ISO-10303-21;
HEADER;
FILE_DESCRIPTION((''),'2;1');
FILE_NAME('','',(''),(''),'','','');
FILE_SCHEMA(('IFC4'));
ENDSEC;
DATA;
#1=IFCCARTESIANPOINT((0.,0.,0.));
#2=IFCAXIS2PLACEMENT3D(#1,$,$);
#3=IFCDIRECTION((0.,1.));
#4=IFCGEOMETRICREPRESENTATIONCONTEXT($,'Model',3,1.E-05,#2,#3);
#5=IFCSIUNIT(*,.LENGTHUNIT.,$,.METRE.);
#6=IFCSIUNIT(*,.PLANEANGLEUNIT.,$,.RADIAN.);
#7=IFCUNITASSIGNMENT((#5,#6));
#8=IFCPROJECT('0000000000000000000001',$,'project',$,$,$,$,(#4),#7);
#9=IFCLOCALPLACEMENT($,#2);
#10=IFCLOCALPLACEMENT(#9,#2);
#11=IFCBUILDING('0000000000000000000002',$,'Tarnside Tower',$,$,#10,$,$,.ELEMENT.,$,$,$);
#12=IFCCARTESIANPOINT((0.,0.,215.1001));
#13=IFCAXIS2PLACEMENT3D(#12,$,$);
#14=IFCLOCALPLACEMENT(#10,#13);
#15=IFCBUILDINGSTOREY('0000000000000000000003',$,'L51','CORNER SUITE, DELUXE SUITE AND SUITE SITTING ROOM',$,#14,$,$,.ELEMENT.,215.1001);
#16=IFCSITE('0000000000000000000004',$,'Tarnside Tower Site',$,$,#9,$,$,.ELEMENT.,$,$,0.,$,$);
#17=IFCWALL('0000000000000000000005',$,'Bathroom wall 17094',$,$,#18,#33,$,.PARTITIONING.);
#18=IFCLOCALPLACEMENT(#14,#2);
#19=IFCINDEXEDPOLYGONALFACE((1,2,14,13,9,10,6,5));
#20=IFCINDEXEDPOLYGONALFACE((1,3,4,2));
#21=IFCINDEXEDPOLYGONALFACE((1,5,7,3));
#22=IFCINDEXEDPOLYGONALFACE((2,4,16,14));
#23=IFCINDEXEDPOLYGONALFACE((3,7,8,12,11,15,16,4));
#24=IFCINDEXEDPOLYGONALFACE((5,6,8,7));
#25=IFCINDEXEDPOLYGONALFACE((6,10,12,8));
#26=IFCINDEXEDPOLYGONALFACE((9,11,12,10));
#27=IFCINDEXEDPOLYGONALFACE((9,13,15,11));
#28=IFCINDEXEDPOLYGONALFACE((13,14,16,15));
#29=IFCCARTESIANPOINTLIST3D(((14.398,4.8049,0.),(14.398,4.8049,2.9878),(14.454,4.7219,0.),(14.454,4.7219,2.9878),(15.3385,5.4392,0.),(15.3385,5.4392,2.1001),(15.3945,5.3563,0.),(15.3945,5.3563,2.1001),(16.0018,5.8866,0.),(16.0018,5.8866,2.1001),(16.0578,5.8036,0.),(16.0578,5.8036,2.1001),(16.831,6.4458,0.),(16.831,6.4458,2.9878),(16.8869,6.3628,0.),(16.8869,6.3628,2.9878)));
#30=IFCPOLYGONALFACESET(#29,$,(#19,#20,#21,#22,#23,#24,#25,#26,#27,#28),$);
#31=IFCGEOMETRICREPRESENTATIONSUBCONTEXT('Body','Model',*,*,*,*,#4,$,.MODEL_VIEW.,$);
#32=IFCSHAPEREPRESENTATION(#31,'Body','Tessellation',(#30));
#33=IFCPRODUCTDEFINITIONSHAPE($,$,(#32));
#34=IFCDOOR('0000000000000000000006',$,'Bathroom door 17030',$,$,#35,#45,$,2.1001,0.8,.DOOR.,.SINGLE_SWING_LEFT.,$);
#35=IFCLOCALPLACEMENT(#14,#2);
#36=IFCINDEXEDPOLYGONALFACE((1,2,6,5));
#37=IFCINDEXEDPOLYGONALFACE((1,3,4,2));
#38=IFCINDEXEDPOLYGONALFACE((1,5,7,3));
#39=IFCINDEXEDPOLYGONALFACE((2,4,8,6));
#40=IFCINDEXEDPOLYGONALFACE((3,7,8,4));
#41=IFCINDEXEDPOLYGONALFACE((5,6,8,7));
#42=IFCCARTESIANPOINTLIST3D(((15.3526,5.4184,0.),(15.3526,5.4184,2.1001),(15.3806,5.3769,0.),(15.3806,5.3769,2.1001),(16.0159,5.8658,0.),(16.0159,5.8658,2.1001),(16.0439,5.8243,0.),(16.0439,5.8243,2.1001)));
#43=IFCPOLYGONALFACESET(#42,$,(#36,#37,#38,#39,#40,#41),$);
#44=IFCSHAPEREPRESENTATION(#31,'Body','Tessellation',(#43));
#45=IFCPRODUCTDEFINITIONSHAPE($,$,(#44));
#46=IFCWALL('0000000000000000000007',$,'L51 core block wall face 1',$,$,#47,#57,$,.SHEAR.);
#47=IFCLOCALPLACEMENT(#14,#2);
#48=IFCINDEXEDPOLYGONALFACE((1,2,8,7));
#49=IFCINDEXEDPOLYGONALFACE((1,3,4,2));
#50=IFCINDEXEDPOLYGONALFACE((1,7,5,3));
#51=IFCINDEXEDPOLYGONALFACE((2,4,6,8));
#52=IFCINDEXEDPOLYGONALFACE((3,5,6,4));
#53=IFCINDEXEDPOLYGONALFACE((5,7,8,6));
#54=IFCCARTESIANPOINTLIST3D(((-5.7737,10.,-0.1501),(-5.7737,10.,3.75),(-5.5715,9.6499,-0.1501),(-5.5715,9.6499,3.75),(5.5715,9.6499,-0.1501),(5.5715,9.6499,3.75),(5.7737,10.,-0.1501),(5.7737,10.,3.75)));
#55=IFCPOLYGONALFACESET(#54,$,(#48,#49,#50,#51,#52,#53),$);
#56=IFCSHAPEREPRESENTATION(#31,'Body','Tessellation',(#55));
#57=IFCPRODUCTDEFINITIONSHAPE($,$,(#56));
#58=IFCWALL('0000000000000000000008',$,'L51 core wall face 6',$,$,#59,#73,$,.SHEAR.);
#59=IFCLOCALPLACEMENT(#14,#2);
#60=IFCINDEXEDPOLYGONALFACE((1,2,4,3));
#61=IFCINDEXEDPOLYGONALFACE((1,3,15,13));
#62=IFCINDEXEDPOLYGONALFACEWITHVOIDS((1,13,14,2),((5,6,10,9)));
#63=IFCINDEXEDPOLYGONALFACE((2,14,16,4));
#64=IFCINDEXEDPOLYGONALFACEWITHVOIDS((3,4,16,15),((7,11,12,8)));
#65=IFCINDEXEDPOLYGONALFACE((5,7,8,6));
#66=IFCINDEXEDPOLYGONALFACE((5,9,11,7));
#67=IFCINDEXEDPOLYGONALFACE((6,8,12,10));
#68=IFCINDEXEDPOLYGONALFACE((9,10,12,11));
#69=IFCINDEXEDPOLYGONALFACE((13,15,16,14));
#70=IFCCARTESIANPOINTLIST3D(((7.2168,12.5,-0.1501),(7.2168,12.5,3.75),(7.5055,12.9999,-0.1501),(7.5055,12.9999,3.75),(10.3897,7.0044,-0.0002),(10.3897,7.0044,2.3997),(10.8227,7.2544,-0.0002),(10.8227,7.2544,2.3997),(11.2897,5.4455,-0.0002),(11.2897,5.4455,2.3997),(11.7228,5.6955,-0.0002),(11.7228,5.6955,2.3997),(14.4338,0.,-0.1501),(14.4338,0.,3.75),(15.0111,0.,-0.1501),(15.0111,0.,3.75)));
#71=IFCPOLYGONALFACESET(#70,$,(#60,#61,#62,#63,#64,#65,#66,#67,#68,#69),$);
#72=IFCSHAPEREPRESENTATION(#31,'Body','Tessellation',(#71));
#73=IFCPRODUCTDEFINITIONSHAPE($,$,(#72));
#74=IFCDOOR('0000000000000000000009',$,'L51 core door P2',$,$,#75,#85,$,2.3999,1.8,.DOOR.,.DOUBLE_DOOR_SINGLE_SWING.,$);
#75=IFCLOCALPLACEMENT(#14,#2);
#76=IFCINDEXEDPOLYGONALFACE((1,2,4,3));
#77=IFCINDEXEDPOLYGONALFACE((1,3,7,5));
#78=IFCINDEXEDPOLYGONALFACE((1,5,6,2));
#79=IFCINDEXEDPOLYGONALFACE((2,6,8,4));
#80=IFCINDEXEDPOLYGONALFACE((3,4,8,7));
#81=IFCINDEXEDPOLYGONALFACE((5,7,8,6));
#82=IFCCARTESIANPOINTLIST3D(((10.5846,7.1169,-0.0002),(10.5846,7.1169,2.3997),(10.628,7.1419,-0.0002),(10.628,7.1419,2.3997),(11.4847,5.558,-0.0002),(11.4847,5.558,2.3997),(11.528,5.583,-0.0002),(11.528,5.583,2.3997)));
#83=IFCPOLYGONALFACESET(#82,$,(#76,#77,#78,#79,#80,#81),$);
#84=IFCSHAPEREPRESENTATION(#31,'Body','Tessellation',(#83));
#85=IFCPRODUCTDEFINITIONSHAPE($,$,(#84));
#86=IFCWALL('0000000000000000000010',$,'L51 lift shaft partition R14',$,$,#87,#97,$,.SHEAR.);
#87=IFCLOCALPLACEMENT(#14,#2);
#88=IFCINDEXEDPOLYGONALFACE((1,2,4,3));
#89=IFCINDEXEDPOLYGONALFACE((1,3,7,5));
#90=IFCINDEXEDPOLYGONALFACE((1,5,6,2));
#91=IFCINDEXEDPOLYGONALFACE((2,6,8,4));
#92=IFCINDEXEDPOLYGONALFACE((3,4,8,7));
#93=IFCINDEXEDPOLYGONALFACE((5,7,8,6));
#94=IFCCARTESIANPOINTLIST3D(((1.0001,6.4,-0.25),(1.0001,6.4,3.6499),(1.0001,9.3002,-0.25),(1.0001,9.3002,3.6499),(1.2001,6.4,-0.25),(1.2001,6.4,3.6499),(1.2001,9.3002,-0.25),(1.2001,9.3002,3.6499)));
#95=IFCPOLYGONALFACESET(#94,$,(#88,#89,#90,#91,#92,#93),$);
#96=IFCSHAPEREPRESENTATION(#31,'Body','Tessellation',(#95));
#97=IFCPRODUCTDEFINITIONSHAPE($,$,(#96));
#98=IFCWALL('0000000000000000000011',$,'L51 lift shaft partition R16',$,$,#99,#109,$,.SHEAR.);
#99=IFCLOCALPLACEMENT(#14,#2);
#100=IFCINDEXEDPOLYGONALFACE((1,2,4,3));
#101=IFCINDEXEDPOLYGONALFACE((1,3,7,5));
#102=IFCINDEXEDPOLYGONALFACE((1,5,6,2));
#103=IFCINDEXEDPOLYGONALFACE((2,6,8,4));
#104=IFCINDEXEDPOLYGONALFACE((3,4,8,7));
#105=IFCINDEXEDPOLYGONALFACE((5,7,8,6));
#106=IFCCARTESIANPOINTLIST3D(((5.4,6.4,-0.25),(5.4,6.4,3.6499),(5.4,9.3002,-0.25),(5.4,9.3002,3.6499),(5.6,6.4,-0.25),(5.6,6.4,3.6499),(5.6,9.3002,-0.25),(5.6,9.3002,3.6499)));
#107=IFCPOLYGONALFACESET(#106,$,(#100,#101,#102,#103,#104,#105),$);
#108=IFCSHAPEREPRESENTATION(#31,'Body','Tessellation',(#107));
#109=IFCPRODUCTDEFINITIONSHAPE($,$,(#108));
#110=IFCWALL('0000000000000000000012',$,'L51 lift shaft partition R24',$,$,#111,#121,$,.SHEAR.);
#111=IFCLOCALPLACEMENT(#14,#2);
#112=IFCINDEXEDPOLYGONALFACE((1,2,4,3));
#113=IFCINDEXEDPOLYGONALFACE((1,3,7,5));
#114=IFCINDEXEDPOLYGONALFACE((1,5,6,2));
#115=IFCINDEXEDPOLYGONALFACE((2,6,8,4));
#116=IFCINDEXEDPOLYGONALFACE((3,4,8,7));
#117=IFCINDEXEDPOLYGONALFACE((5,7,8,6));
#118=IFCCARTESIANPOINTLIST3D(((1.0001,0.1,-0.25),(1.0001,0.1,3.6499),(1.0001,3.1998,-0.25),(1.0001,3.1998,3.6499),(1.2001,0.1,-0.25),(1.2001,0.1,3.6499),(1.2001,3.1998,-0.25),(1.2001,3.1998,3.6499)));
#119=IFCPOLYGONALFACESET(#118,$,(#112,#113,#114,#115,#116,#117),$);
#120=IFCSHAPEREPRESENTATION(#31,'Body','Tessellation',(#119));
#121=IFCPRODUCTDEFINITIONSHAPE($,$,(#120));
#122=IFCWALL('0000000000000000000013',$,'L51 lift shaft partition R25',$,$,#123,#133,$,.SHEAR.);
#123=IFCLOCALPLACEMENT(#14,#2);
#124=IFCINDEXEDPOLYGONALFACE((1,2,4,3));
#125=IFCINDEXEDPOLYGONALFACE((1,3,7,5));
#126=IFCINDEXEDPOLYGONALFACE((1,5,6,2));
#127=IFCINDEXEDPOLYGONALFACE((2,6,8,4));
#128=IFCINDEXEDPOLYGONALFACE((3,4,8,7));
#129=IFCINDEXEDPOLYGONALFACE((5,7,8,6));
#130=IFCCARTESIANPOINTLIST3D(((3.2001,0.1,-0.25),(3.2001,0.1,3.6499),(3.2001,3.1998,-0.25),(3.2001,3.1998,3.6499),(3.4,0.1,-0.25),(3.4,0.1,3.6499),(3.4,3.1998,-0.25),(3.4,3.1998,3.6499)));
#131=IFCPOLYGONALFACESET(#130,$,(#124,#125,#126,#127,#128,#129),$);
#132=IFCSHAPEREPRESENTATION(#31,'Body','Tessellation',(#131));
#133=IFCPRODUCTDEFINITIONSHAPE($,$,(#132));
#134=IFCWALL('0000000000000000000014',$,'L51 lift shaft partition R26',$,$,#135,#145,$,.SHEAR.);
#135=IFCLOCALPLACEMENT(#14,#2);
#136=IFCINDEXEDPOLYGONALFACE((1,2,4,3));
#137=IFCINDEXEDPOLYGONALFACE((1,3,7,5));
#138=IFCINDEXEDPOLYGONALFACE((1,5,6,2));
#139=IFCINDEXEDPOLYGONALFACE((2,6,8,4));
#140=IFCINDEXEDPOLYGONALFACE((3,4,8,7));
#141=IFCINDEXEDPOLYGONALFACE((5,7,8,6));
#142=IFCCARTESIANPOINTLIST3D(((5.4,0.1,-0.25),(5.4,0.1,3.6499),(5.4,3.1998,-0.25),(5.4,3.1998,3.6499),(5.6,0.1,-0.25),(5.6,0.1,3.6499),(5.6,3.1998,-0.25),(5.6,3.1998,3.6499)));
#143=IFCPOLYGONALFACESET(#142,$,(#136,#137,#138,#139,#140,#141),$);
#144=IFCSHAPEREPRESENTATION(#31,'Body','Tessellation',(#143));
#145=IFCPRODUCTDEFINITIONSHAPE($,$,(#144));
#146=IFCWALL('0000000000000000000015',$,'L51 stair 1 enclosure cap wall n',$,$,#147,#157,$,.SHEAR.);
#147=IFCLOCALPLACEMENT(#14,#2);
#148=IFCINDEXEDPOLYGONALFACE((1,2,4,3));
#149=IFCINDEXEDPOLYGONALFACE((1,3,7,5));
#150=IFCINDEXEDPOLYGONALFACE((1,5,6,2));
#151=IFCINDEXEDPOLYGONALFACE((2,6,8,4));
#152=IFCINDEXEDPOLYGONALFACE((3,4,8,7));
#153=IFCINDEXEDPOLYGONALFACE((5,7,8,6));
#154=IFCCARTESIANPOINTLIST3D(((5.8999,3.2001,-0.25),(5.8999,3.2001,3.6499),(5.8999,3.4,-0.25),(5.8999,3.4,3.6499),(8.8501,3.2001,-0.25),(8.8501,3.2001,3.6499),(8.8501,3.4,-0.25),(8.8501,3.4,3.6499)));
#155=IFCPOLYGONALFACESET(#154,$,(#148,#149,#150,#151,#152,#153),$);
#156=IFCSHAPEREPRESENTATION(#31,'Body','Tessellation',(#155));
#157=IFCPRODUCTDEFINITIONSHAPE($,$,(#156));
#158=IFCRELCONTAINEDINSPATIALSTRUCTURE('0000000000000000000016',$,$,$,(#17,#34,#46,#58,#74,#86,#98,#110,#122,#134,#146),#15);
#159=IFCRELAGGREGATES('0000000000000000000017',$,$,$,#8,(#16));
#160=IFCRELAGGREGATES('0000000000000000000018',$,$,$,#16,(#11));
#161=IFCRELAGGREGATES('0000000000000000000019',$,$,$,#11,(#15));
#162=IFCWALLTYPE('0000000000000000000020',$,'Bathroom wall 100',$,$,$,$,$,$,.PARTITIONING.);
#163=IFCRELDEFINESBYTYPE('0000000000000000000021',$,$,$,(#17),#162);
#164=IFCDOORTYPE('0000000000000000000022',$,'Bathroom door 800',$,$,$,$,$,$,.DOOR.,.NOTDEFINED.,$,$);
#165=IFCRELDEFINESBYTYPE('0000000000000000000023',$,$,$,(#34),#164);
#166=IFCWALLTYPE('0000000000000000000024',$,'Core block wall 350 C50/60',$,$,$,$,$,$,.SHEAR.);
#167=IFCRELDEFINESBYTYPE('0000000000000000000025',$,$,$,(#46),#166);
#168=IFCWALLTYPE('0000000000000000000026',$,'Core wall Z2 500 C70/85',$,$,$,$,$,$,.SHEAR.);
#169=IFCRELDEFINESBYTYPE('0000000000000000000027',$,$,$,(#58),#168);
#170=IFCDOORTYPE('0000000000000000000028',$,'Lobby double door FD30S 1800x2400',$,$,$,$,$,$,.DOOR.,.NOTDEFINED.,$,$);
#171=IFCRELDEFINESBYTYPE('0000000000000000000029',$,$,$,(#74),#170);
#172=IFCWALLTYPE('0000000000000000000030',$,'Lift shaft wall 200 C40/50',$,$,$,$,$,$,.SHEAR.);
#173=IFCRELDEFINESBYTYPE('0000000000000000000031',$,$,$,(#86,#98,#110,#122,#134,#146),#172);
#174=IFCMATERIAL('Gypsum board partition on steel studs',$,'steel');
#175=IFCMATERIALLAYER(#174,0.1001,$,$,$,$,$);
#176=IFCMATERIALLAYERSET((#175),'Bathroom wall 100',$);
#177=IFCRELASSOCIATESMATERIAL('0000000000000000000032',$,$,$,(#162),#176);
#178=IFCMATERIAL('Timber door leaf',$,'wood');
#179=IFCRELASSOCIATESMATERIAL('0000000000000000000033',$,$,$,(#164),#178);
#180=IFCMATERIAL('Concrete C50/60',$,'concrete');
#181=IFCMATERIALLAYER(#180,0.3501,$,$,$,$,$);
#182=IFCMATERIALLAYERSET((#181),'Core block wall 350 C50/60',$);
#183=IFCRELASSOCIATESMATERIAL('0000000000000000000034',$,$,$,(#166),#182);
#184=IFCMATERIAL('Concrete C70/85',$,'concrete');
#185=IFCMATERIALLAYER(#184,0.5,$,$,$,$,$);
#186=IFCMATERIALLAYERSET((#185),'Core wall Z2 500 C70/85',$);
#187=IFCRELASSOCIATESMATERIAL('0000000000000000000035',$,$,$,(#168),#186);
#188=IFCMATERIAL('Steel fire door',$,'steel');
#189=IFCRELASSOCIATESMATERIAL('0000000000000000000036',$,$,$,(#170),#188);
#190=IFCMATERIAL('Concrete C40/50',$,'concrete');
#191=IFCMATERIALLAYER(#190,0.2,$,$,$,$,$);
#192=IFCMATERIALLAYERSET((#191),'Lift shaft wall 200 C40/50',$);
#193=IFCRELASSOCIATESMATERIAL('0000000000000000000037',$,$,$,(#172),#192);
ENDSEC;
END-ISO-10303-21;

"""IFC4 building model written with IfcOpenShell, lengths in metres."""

from ifc_helpers import new_model, si_unit, direction, frame, frame_2d, origin, place, context, subcontext, project, spatial, polyline, rectangle, outline, extrude, material, layer, layer_set, type_object, element, fill, save


model = new_model("IFC4")

# Units and contexts
model_context = context("Model", 3, precision=1e-05, world=origin(), true_north=direction((0.0, 1.0)))
body_context = subcontext(model_context, "Body", "Model", "MODEL_VIEW")
ifc_project = project(units=[si_unit("LENGTHUNIT", "METRE"), si_unit("PLANEANGLEUNIT", "RADIAN")], contexts=[model_context])

# Site, building, storey
site_placement = place(None, origin())
site = spatial("IfcSite", under=ifc_project, at=site_placement, Name="Tarnside Tower Site", CompositionType="ELEMENT", RefElevation=0.0)
building_placement = place(site_placement, origin())
building = spatial("IfcBuilding", under=site, at=building_placement, Name="Tarnside Tower", CompositionType="ELEMENT")
storey_placement = place(building_placement, frame((0.0, 0.0, 215.1001)))
storey = spatial("IfcBuildingStorey", under=building, at=storey_placement, Name="L51", Description="CORNER SUITE, DELUXE SUITE AND SUITE SITTING ROOM", CompositionType="ELEMENT", Elevation=215.1001)

# Wall, opening, door
ifc_material_1 = material(Name="Gypsum board partition on steel studs", Category="steel")
ifc_layer_1 = layer(ifc_material_1, 0.1001)
ifc_layer_set_1 = layer_set([ifc_layer_1], Name="Bathroom wall 100")
wall_type_1 = type_object("IfcWallType", Name="Bathroom wall 100", PredefinedType="PARTITIONING", material=ifc_layer_set_1)
wall_1_placement = place(storey_placement, frame((14.426, 4.7634, 0.0), z_axis=(0.0, 0.0, 1.0), x_axis=(0.829056, 0.559166, 0.0)))
wall_1 = element("IfcWall", 1, at=wall_1_placement, inside=storey, type_object=wall_type_1, Name="Bathroom wall 17094", PredefinedType="PARTITIONING", context=body_context, shape_type="SweptSolid", body=[
    extrude(rectangle(XDim=2.9346, YDim=0.1001, at=frame_2d((1.4673, 0.0))), origin(), (0.0, 0.0, 1.0), 2.9878),
])
opening_1_placement = place(wall_1_placement, frame((1.1345, 0.0, 0.0)))
opening_1 = element("IfcOpeningElement", 2, at=opening_1_placement, cuts=wall_1, PredefinedType="OPENING", context=body_context, shape_type="SweptSolid", body=[
    extrude(rectangle(XDim=0.8, YDim=2.1001, at=frame_2d((0.3999, 1.05))), frame((0.0, 0.0601, 0.0), z_axis=(0.0, -1.0, 0.0), x_axis=(1.0, 0.0, 0.0)), (0.0, 0.0, 1.0), 0.1201),
])
ifc_material_2 = material(Name="Timber door leaf", Category="wood")
door_type_1 = type_object("IfcDoorType", Name="Bathroom door 800", OperationType="NOTDEFINED", PredefinedType="DOOR", material=ifc_material_2)
door_1_placement = place(opening_1_placement, origin())
door_1 = element("IfcDoor", 3, at=door_1_placement, inside=storey, type_object=door_type_1, Name="Bathroom door 17030", OperationType="SINGLE_SWING_LEFT", OverallHeight=2.1001, OverallWidth=0.8, PredefinedType="DOOR", context=body_context, shape_type="SweptSolid", body=[
    extrude(rectangle(XDim=0.8, YDim=2.1001, at=frame_2d((0.3999, 1.05))), frame((0.0, 0.0249, 0.0), z_axis=(0.0, -1.0, 0.0), x_axis=(1.0, 0.0, 0.0)), (0.0, 0.0, 1.0), 0.05),
])
fill(opening_1, door_1)

# Wall
ifc_material_3 = material(Name="Concrete C50/60", Category="concrete")
ifc_layer_2 = layer(ifc_material_3, 0.3501)
ifc_layer_set_2 = layer_set([ifc_layer_2], Name="Core block wall 350 C50/60")
wall_type_2 = type_object("IfcWallType", Name="Core block wall 350 C50/60", PredefinedType="SHEAR", material=ifc_layer_set_2)
wall_2_placement = place(storey_placement, frame((5.6726, 9.825, -0.1501), z_axis=(0.0, 0.0, 1.0), x_axis=(-1.0, 0.0, 0.0)))
element("IfcWall", 4, at=wall_2_placement, inside=storey, type_object=wall_type_2, Name="L51 core block wall face 1", PredefinedType="SHEAR", context=body_context, shape_type="SweptSolid", body=[
    extrude(outline(polyline([(-0.1011, -0.175), (11.4463, -0.175), (11.2441, 0.175), (0.1011, 0.175), (-0.1011, -0.175)])), origin(), (0.0, 0.0, 1.0), 3.9001),
])

# Wall, opening, door
ifc_material_4 = material(Name="Concrete C70/85", Category="concrete")
ifc_layer_3 = layer(ifc_material_4, 0.5)
ifc_layer_set_3 = layer_set([ifc_layer_3], Name="Core wall Z2 500 C70/85")
wall_type_3 = type_object("IfcWallType", Name="Core wall Z2 500 C70/85", PredefinedType="SHEAR", material=ifc_layer_set_3)
wall_3_placement = place(storey_placement, frame((14.7224, 0.0, -0.1501), z_axis=(0.0, 0.0, 1.0), x_axis=(-0.500006, 0.866022, 0.0)))
wall_3 = element("IfcWall", 5, at=wall_3_placement, inside=storey, type_object=wall_type_3, Name="L51 core wall face 6", PredefinedType="SHEAR", context=body_context, shape_type="SweptSolid", body=[
    extrude(outline(polyline([(-0.1443, -0.25), (14.8667, -0.25), (14.5781, 0.25), (0.1443, 0.25), (-0.1443, -0.25)])), origin(), (0.0, 0.0, 1.0), 3.9001),
])
opening_2_placement = place(wall_3_placement, frame((6.4324, 0.0, 0.1499)))
opening_2 = element("IfcOpeningElement", 6, at=opening_2_placement, cuts=wall_3, PredefinedType="OPENING", context=body_context, shape_type="SweptSolid", body=[
    extrude(rectangle(XDim=1.8, YDim=2.3999, at=frame_2d((0.8999, 1.2))), frame((0.0, 0.26, 0.0), z_axis=(0.0, -1.0, 0.0), x_axis=(1.0, 0.0, 0.0)), (0.0, 0.0, 1.0), 0.52),
])
ifc_material_5 = material(Name="Steel fire door", Category="steel")
door_type_2 = type_object("IfcDoorType", Name="Lobby double door FD30S 1800x2400", OperationType="NOTDEFINED", PredefinedType="DOOR", material=ifc_material_5)
door_2_placement = place(opening_2_placement, origin())
door_2 = element("IfcDoor", 7, at=door_2_placement, inside=storey, type_object=door_type_2, Name="L51 core door P2", OperationType="DOUBLE_DOOR_SINGLE_SWING", OverallHeight=2.3999, OverallWidth=1.8, PredefinedType="DOOR", context=body_context, shape_type="SweptSolid", body=[
    extrude(rectangle(XDim=1.8, YDim=2.3999, at=frame_2d((0.8999, 1.2))), frame((0.0, 0.0249, 0.0), z_axis=(0.0, -1.0, 0.0), x_axis=(1.0, 0.0, 0.0)), (0.0, 0.0, 1.0), 0.05),
])
fill(opening_2, door_2)

# Walls
ifc_material_6 = material(Name="Concrete C40/50", Category="concrete")
ifc_layer_4 = layer(ifc_material_6, 0.2)
ifc_layer_set_4 = layer_set([ifc_layer_4], Name="Lift shaft wall 200 C40/50")
wall_type_4 = type_object("IfcWallType", Name="Lift shaft wall 200 C40/50", PredefinedType="SHEAR", material=ifc_layer_set_4)
for number, where, z_axis, x_axis, name in (
    (8, (1.1001, 6.3999, -0.25), (0.0, 0.0, 1.0), (0.0, 1.0, 0.0), "L51 lift shaft partition R14"),
    (9, (5.5, 6.3999, -0.25), (0.0, 0.0, 1.0), (0.0, 1.0, 0.0), "L51 lift shaft partition R16"),
):
    element("IfcWall", number, at=place(storey_placement, frame(where, z_axis=z_axis, x_axis=x_axis)), inside=storey, type_object=wall_type_4, Name=name, PredefinedType="SHEAR", context=body_context, shape_type="SweptSolid", body=[
        extrude(rectangle(XDim=2.9001, YDim=0.2, at=frame_2d((1.4502, 0.0))), origin(), (0.0, 0.0, 1.0), 3.8999),
    ])
for number, where, z_axis, x_axis, name in (
    (10, (1.1001, 0.1001, -0.25), (0.0, 0.0, 1.0), (0.0, 1.0, 0.0), "L51 lift shaft partition R24"),
    (11, (3.3, 0.1001, -0.25), (0.0, 0.0, 1.0), (0.0, 1.0, 0.0), "L51 lift shaft partition R25"),
    (12, (5.5, 0.1001, -0.25), (0.0, 0.0, 1.0), (0.0, 1.0, 0.0), "L51 lift shaft partition R26"),
):
    element("IfcWall", number, at=place(storey_placement, frame(where, z_axis=z_axis, x_axis=x_axis)), inside=storey, type_object=wall_type_4, Name=name, PredefinedType="SHEAR", context=body_context, shape_type="SweptSolid", body=[
        extrude(rectangle(XDim=3.0999, YDim=0.2, at=frame_2d((1.5498, 0.0))), origin(), (0.0, 0.0, 1.0), 3.8999),
    ])
wall_4_placement = place(storey_placement, frame((5.8999, 3.3, -0.25), z_axis=(0.0, 0.0, 1.0), x_axis=(1.0, 0.0, 0.0)))
element("IfcWall", 13, at=wall_4_placement, inside=storey, type_object=wall_type_4, Name="L51 stair 1 enclosure cap wall n", PredefinedType="SHEAR", context=body_context, shape_type="SweptSolid", body=[
    extrude(rectangle(XDim=2.9502, YDim=0.2, at=frame_2d((1.4751, 0.0))), origin(), (0.0, 0.0, 1.0), 3.8999),
])

save(model, "model.ifc")
